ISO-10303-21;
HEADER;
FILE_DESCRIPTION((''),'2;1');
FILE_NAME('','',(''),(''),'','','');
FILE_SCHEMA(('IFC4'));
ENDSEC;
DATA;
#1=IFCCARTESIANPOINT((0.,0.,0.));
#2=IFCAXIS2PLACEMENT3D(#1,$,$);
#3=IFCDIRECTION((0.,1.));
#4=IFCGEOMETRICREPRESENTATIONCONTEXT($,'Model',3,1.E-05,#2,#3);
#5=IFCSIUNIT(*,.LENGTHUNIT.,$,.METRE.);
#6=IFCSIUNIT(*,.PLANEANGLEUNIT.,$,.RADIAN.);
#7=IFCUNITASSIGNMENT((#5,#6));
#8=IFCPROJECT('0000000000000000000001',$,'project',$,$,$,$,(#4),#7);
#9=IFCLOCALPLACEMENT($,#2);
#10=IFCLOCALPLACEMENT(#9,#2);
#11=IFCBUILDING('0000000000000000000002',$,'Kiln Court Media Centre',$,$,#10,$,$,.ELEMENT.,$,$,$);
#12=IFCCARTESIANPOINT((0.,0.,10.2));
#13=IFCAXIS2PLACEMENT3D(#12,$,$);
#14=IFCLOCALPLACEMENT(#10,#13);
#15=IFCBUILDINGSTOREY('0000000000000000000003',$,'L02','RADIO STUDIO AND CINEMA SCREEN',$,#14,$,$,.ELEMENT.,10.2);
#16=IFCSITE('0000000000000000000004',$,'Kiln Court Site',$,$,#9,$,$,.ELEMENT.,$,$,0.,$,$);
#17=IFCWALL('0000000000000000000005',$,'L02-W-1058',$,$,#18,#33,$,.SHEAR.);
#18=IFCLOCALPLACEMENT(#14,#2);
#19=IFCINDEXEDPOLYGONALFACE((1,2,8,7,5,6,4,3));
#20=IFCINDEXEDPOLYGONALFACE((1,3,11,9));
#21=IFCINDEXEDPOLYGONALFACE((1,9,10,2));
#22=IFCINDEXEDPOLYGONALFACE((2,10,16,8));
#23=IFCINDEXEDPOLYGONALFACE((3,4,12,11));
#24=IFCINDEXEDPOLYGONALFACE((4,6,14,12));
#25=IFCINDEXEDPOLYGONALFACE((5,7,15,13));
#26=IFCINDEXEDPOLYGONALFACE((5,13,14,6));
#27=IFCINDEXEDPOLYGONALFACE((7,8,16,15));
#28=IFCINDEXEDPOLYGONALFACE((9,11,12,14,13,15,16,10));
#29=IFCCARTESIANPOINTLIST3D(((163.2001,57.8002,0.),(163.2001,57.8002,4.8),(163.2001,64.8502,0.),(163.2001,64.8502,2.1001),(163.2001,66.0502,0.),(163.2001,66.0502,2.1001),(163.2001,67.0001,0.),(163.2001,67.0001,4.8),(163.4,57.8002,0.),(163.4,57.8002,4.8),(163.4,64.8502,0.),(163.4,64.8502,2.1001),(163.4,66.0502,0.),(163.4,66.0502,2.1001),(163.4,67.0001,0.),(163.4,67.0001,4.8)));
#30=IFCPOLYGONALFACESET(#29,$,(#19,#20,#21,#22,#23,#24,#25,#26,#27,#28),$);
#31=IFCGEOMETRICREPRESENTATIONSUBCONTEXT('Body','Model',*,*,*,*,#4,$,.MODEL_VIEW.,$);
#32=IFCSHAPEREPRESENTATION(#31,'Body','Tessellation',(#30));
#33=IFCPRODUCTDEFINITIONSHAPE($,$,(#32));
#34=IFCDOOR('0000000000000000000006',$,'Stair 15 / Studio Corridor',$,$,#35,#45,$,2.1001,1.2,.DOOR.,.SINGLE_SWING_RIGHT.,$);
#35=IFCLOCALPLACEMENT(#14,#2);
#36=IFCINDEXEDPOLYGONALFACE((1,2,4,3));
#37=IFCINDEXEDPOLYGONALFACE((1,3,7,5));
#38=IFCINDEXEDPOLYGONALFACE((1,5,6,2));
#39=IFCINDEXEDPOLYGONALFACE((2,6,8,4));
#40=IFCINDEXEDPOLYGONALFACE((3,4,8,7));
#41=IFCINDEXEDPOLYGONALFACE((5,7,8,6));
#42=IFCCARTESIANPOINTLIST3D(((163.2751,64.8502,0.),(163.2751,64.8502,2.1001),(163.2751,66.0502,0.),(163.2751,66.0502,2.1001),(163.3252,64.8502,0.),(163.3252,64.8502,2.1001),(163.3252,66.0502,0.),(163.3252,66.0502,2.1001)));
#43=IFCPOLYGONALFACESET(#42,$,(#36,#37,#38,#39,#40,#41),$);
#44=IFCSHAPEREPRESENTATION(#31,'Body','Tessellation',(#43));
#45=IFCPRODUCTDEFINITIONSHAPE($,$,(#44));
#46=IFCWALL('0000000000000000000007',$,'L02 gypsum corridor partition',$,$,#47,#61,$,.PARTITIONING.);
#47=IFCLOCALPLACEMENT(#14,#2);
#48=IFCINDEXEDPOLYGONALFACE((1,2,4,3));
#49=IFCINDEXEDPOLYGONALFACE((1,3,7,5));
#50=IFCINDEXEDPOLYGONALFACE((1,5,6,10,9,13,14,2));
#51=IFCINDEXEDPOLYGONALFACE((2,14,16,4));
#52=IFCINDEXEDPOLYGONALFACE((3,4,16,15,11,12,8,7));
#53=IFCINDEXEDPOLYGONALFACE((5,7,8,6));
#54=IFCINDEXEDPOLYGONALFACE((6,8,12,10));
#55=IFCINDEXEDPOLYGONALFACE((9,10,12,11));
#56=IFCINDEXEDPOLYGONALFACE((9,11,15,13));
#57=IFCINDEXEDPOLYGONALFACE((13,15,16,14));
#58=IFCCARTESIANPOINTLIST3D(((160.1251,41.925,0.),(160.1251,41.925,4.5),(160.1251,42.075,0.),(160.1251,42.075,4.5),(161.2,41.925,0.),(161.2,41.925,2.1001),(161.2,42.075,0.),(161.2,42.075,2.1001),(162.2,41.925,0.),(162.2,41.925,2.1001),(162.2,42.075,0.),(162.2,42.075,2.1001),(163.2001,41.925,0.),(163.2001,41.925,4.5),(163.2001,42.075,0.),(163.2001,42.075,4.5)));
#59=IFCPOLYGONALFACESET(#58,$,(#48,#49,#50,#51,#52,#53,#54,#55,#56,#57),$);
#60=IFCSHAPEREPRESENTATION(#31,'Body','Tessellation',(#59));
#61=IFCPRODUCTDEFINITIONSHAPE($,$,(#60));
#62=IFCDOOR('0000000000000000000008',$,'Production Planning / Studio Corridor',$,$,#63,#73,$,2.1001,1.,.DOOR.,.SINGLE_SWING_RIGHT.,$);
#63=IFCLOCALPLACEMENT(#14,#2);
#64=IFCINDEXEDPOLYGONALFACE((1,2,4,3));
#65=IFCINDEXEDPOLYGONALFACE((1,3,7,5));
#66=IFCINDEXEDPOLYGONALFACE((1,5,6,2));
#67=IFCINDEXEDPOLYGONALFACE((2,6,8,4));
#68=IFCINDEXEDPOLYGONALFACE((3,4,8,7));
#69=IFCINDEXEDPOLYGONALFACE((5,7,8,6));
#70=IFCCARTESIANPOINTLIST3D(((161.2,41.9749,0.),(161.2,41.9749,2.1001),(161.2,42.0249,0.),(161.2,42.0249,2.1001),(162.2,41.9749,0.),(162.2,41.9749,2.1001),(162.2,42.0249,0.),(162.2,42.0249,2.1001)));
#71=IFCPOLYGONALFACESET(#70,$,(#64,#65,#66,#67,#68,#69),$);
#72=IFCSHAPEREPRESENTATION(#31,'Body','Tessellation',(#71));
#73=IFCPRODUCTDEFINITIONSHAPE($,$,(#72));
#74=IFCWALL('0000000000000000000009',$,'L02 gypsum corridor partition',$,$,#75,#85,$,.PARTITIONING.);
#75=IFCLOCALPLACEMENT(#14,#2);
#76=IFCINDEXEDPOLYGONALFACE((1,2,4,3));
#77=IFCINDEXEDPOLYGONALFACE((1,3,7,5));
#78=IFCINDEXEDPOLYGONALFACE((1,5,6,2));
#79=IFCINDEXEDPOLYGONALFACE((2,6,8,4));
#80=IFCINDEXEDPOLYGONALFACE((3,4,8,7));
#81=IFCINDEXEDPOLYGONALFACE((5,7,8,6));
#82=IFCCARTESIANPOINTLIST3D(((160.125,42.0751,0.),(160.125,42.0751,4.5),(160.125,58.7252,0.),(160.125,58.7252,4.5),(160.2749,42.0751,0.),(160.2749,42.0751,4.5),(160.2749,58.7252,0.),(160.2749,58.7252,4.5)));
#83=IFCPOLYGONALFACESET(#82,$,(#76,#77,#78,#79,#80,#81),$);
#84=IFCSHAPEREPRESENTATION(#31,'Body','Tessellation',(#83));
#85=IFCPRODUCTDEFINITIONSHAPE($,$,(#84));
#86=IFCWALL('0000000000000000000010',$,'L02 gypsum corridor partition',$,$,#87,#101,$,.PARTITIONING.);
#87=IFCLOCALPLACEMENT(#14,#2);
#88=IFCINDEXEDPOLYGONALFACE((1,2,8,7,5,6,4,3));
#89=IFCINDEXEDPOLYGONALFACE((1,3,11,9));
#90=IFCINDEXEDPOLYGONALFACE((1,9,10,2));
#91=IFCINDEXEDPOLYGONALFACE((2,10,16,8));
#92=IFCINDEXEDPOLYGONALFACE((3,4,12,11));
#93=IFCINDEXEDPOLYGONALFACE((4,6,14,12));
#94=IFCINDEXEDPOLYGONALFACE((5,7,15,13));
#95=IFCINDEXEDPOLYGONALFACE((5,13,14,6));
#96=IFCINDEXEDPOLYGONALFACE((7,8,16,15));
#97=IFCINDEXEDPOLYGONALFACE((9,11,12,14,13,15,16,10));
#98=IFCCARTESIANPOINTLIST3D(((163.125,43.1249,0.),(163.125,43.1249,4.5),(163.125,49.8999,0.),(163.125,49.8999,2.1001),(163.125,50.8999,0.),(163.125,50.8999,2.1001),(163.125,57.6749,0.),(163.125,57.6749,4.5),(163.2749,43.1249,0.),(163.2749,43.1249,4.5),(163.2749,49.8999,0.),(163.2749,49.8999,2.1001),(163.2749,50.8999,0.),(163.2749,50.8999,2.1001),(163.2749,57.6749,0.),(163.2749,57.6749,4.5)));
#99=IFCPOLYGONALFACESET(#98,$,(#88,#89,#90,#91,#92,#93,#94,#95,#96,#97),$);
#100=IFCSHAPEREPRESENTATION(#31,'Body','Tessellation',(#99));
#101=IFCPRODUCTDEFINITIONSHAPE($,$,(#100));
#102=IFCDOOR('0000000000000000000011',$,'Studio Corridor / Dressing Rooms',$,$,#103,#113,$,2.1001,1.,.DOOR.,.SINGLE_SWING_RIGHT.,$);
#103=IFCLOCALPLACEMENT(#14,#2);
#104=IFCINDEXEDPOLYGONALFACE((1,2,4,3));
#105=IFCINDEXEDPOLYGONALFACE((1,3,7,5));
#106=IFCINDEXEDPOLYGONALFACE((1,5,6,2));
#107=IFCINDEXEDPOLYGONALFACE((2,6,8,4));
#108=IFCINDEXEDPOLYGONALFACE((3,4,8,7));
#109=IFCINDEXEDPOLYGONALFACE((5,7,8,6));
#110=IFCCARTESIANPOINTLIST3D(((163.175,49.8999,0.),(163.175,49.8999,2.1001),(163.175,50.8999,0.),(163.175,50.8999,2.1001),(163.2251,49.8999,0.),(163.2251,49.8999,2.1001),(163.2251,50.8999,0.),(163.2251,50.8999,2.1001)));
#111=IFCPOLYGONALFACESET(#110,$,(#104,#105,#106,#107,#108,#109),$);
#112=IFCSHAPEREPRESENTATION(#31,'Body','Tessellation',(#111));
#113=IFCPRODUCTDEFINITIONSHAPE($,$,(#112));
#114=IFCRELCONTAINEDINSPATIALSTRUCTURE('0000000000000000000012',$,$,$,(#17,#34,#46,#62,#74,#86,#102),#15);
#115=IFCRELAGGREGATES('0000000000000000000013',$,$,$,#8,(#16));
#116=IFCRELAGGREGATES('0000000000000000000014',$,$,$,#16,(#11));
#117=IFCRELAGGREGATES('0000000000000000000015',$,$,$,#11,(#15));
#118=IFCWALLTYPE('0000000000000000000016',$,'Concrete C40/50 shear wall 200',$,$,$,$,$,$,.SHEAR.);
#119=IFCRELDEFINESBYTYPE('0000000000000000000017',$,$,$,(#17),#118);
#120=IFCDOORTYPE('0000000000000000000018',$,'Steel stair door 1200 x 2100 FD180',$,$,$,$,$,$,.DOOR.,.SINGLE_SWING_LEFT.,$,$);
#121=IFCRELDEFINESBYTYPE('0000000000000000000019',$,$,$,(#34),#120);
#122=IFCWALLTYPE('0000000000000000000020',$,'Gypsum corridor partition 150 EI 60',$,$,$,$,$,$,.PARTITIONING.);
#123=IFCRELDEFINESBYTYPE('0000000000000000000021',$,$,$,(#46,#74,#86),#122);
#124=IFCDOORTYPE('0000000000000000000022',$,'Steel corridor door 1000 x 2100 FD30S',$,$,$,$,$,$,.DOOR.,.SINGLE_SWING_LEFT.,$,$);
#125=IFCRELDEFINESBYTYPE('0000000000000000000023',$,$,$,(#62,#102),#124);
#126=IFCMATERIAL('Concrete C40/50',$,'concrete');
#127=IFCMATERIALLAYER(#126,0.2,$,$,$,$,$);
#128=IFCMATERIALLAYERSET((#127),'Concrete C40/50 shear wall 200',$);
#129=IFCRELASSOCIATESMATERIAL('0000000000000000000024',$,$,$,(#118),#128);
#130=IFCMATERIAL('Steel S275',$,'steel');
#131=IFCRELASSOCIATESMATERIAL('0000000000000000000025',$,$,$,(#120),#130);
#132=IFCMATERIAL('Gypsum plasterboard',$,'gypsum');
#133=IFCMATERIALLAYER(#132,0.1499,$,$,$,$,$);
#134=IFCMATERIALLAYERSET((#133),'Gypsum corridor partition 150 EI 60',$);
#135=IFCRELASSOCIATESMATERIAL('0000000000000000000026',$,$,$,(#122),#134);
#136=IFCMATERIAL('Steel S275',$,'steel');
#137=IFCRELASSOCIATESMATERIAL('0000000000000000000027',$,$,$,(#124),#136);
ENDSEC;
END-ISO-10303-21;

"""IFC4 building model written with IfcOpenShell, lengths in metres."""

from ifc_helpers import new_model, si_unit, direction, frame, frame_2d, origin, place, context, subcontext, project, spatial, rectangle, extrude, material, layer, layer_set, type_object, element, fill, save


model = new_model("IFC4")

# Units and contexts
model_context = context("Model", 3, precision=1e-05, world=origin(), true_north=direction((0.0, 1.0)))
body_context = subcontext(model_context, "Body", "Model", "MODEL_VIEW")
ifc_project = project(units=[si_unit("LENGTHUNIT", "METRE"), si_unit("PLANEANGLEUNIT", "RADIAN")], contexts=[model_context])

# Site, building, storey
site_placement = place(None, origin())
site = spatial("IfcSite", under=ifc_project, at=site_placement, Name="Kiln Court Site", CompositionType="ELEMENT", RefElevation=0.0)
building_placement = place(site_placement, origin())
building = spatial("IfcBuilding", under=site, at=building_placement, Name="Kiln Court Media Centre", CompositionType="ELEMENT")
storey_placement = place(building_placement, frame((0.0, 0.0, 10.2)))
storey = spatial("IfcBuildingStorey", under=building, at=storey_placement, Name="L02", Description="RADIO STUDIO AND CINEMA SCREEN", CompositionType="ELEMENT", Elevation=10.2)

# Shared definitions
ifc_material_1 = material(Name="Concrete C40/50", Category="concrete")
ifc_layer_1 = layer(ifc_material_1, 0.2)
ifc_layer_set_1 = layer_set([ifc_layer_1], Name="Concrete C40/50 shear wall 200")
wall_type_1 = type_object("IfcWallType", Name="Concrete C40/50 shear wall 200", PredefinedType="SHEAR", material=ifc_layer_set_1)

# Shared definitions
ifc_material_2 = material(Name="Steel S275", Category="steel")
door_type_1 = type_object("IfcDoorType", Name="Steel stair door 1200 x 2100 FD180", OperationType="SINGLE_SWING_LEFT", PredefinedType="DOOR", material=ifc_material_2)

# Walls, openings, doors
wall_1_placement = place(storey_placement, frame((163.3, 57.8, 0.0), z_axis=(0.0, 0.0, 1.0), x_axis=(0.0, 1.0, 0.0)))
wall_1 = element("IfcWall", 1, at=wall_1_placement, inside=storey, type_object=wall_type_1, Name="L02-W-1058", PredefinedType="SHEAR", context=body_context, shape_type="SweptSolid", body=[
    extrude(rectangle(XDim=9.2, YDim=0.2, at=frame_2d((4.6001, 0.0))), origin(), (0.0, 0.0, 1.0), 4.8),
])
opening_1_placement = place(wall_1_placement, frame((7.05, 0.0, 0.0)))
opening_1 = element("IfcOpeningElement", 2, at=opening_1_placement, cuts=wall_1, PredefinedType="OPENING", context=body_context, shape_type="SweptSolid", body=[
    extrude(rectangle(XDim=1.2, YDim=2.1001, at=frame_2d((0.6001, 1.05))), frame((0.0, 0.1099, 0.0), z_axis=(0.0, -1.0, 0.0), x_axis=(1.0, 0.0, 0.0)), (0.0, 0.0, 1.0), 0.22),
])
door_1_placement = place(opening_1_placement, origin())
door_1 = element("IfcDoor", 3, at=door_1_placement, inside=storey, type_object=door_type_1, Name="Stair 15 / Studio Corridor", OperationType="SINGLE_SWING_RIGHT", OverallHeight=2.1001, OverallWidth=1.2, PredefinedType="DOOR", context=body_context, shape_type="SweptSolid", body=[
    extrude(rectangle(XDim=1.2, YDim=2.1001, at=frame_2d((0.6001, 1.05))), frame((0.0, 0.0249, 0.0), z_axis=(0.0, -1.0, 0.0), x_axis=(1.0, 0.0, 0.0)), (0.0, 0.0, 1.0), 0.05),
])
fill(opening_1, door_1)
ifc_material_3 = material(Name="Gypsum plasterboard", Category="gypsum")
ifc_layer_2 = layer(ifc_material_3, 0.1499)
ifc_layer_set_2 = layer_set([ifc_layer_2], Name="Gypsum corridor partition 150 EI 60")
wall_type_2 = type_object("IfcWallType", Name="Gypsum corridor partition 150 EI 60", PredefinedType="PARTITIONING", material=ifc_layer_set_2)
wall_2_placement = place(storey_placement, frame((160.125, 42.0, 0.0), z_axis=(0.0, 0.0, 1.0), x_axis=(1.0, 0.0, 0.0)))
wall_2 = element("IfcWall", 4, at=wall_2_placement, inside=storey, type_object=wall_type_2, Name="L02 gypsum corridor partition", PredefinedType="PARTITIONING", context=body_context, shape_type="SweptSolid", body=[
    extrude(rectangle(XDim=3.075, YDim=0.1499, at=frame_2d((1.5376, 0.0))), origin(), (0.0, 0.0, 1.0), 4.5),
])
opening_2_placement = place(wall_2_placement, frame((1.075, 0.0, 0.0)))
opening_2 = element("IfcOpeningElement", 5, at=opening_2_placement, cuts=wall_2, PredefinedType="OPENING", context=body_context, shape_type="SweptSolid", body=[
    extrude(rectangle(XDim=1.0, YDim=2.1001, at=frame_2d((0.5, 1.05))), frame((0.0, 0.085, 0.0), z_axis=(0.0, -1.0, 0.0), x_axis=(1.0, 0.0, 0.0)), (0.0, 0.0, 1.0), 0.1699),
])
ifc_material_4 = material(Name="Steel S275", Category="steel")
door_type_2 = type_object("IfcDoorType", Name="Steel corridor door 1000 x 2100 FD30S", OperationType="SINGLE_SWING_LEFT", PredefinedType="DOOR", material=ifc_material_4)
door_2_placement = place(opening_2_placement, origin())
door_2 = element("IfcDoor", 6, at=door_2_placement, inside=storey, type_object=door_type_2, Name="Production Planning / Studio Corridor", OperationType="SINGLE_SWING_RIGHT", OverallHeight=2.1001, OverallWidth=1.0, PredefinedType="DOOR", context=body_context, shape_type="SweptSolid", body=[
    extrude(rectangle(XDim=1.0, YDim=2.1001, at=frame_2d((0.5, 1.05))), frame((0.0, 0.0249, 0.0), z_axis=(0.0, -1.0, 0.0), x_axis=(1.0, 0.0, 0.0)), (0.0, 0.0, 1.0), 0.05),
])
fill(opening_2, door_2)

# Wall
wall_3_placement = place(storey_placement, frame((160.2, 42.075, 0.0), z_axis=(0.0, 0.0, 1.0), x_axis=(0.0, 1.0, 0.0)))
element("IfcWall", 7, at=wall_3_placement, inside=storey, type_object=wall_type_2, Name="L02 gypsum corridor partition", PredefinedType="PARTITIONING", context=body_context, shape_type="SweptSolid", body=[
    extrude(rectangle(XDim=16.6501, YDim=0.1499, at=frame_2d((8.3252, 0.0))), origin(), (0.0, 0.0, 1.0), 4.5),
])

# Wall, opening, door
wall_4_placement = place(storey_placement, frame((163.2, 43.125, 0.0), z_axis=(0.0, 0.0, 1.0), x_axis=(0.0, 1.0, 0.0)))
wall_4 = element("IfcWall", 8, at=wall_4_placement, inside=storey, type_object=wall_type_2, Name="L02 gypsum corridor partition", PredefinedType="PARTITIONING", context=body_context, shape_type="SweptSolid", body=[
    extrude(rectangle(XDim=14.55, YDim=0.1499, at=frame_2d((7.2749, 0.0))), origin(), (0.0, 0.0, 1.0), 4.5),
])
opening_3_placement = place(wall_4_placement, frame((6.7749, 0.0, 0.0)))
opening_3 = element("IfcOpeningElement", 9, at=opening_3_placement, cuts=wall_4, PredefinedType="OPENING", context=body_context, shape_type="SweptSolid", body=[
    extrude(rectangle(XDim=1.0, YDim=2.1001, at=frame_2d((0.5, 1.05))), frame((0.0, 0.085, 0.0), z_axis=(0.0, -1.0, 0.0), x_axis=(1.0, 0.0, 0.0)), (0.0, 0.0, 1.0), 0.1699),
])
door_3_placement = place(opening_3_placement, origin())
door_3 = element("IfcDoor", 10, at=door_3_placement, inside=storey, type_object=door_type_2, Name="Studio Corridor / Dressing Rooms", OperationType="SINGLE_SWING_RIGHT", OverallHeight=2.1001, OverallWidth=1.0, PredefinedType="DOOR", context=body_context, shape_type="SweptSolid", body=[
    extrude(rectangle(XDim=1.0, YDim=2.1001, at=frame_2d((0.5, 1.05))), frame((0.0, 0.0249, 0.0), z_axis=(0.0, -1.0, 0.0), x_axis=(1.0, 0.0, 0.0)), (0.0, 0.0, 1.0), 0.05),
])
fill(opening_3, door_3)

save(model, "model.ifc")
